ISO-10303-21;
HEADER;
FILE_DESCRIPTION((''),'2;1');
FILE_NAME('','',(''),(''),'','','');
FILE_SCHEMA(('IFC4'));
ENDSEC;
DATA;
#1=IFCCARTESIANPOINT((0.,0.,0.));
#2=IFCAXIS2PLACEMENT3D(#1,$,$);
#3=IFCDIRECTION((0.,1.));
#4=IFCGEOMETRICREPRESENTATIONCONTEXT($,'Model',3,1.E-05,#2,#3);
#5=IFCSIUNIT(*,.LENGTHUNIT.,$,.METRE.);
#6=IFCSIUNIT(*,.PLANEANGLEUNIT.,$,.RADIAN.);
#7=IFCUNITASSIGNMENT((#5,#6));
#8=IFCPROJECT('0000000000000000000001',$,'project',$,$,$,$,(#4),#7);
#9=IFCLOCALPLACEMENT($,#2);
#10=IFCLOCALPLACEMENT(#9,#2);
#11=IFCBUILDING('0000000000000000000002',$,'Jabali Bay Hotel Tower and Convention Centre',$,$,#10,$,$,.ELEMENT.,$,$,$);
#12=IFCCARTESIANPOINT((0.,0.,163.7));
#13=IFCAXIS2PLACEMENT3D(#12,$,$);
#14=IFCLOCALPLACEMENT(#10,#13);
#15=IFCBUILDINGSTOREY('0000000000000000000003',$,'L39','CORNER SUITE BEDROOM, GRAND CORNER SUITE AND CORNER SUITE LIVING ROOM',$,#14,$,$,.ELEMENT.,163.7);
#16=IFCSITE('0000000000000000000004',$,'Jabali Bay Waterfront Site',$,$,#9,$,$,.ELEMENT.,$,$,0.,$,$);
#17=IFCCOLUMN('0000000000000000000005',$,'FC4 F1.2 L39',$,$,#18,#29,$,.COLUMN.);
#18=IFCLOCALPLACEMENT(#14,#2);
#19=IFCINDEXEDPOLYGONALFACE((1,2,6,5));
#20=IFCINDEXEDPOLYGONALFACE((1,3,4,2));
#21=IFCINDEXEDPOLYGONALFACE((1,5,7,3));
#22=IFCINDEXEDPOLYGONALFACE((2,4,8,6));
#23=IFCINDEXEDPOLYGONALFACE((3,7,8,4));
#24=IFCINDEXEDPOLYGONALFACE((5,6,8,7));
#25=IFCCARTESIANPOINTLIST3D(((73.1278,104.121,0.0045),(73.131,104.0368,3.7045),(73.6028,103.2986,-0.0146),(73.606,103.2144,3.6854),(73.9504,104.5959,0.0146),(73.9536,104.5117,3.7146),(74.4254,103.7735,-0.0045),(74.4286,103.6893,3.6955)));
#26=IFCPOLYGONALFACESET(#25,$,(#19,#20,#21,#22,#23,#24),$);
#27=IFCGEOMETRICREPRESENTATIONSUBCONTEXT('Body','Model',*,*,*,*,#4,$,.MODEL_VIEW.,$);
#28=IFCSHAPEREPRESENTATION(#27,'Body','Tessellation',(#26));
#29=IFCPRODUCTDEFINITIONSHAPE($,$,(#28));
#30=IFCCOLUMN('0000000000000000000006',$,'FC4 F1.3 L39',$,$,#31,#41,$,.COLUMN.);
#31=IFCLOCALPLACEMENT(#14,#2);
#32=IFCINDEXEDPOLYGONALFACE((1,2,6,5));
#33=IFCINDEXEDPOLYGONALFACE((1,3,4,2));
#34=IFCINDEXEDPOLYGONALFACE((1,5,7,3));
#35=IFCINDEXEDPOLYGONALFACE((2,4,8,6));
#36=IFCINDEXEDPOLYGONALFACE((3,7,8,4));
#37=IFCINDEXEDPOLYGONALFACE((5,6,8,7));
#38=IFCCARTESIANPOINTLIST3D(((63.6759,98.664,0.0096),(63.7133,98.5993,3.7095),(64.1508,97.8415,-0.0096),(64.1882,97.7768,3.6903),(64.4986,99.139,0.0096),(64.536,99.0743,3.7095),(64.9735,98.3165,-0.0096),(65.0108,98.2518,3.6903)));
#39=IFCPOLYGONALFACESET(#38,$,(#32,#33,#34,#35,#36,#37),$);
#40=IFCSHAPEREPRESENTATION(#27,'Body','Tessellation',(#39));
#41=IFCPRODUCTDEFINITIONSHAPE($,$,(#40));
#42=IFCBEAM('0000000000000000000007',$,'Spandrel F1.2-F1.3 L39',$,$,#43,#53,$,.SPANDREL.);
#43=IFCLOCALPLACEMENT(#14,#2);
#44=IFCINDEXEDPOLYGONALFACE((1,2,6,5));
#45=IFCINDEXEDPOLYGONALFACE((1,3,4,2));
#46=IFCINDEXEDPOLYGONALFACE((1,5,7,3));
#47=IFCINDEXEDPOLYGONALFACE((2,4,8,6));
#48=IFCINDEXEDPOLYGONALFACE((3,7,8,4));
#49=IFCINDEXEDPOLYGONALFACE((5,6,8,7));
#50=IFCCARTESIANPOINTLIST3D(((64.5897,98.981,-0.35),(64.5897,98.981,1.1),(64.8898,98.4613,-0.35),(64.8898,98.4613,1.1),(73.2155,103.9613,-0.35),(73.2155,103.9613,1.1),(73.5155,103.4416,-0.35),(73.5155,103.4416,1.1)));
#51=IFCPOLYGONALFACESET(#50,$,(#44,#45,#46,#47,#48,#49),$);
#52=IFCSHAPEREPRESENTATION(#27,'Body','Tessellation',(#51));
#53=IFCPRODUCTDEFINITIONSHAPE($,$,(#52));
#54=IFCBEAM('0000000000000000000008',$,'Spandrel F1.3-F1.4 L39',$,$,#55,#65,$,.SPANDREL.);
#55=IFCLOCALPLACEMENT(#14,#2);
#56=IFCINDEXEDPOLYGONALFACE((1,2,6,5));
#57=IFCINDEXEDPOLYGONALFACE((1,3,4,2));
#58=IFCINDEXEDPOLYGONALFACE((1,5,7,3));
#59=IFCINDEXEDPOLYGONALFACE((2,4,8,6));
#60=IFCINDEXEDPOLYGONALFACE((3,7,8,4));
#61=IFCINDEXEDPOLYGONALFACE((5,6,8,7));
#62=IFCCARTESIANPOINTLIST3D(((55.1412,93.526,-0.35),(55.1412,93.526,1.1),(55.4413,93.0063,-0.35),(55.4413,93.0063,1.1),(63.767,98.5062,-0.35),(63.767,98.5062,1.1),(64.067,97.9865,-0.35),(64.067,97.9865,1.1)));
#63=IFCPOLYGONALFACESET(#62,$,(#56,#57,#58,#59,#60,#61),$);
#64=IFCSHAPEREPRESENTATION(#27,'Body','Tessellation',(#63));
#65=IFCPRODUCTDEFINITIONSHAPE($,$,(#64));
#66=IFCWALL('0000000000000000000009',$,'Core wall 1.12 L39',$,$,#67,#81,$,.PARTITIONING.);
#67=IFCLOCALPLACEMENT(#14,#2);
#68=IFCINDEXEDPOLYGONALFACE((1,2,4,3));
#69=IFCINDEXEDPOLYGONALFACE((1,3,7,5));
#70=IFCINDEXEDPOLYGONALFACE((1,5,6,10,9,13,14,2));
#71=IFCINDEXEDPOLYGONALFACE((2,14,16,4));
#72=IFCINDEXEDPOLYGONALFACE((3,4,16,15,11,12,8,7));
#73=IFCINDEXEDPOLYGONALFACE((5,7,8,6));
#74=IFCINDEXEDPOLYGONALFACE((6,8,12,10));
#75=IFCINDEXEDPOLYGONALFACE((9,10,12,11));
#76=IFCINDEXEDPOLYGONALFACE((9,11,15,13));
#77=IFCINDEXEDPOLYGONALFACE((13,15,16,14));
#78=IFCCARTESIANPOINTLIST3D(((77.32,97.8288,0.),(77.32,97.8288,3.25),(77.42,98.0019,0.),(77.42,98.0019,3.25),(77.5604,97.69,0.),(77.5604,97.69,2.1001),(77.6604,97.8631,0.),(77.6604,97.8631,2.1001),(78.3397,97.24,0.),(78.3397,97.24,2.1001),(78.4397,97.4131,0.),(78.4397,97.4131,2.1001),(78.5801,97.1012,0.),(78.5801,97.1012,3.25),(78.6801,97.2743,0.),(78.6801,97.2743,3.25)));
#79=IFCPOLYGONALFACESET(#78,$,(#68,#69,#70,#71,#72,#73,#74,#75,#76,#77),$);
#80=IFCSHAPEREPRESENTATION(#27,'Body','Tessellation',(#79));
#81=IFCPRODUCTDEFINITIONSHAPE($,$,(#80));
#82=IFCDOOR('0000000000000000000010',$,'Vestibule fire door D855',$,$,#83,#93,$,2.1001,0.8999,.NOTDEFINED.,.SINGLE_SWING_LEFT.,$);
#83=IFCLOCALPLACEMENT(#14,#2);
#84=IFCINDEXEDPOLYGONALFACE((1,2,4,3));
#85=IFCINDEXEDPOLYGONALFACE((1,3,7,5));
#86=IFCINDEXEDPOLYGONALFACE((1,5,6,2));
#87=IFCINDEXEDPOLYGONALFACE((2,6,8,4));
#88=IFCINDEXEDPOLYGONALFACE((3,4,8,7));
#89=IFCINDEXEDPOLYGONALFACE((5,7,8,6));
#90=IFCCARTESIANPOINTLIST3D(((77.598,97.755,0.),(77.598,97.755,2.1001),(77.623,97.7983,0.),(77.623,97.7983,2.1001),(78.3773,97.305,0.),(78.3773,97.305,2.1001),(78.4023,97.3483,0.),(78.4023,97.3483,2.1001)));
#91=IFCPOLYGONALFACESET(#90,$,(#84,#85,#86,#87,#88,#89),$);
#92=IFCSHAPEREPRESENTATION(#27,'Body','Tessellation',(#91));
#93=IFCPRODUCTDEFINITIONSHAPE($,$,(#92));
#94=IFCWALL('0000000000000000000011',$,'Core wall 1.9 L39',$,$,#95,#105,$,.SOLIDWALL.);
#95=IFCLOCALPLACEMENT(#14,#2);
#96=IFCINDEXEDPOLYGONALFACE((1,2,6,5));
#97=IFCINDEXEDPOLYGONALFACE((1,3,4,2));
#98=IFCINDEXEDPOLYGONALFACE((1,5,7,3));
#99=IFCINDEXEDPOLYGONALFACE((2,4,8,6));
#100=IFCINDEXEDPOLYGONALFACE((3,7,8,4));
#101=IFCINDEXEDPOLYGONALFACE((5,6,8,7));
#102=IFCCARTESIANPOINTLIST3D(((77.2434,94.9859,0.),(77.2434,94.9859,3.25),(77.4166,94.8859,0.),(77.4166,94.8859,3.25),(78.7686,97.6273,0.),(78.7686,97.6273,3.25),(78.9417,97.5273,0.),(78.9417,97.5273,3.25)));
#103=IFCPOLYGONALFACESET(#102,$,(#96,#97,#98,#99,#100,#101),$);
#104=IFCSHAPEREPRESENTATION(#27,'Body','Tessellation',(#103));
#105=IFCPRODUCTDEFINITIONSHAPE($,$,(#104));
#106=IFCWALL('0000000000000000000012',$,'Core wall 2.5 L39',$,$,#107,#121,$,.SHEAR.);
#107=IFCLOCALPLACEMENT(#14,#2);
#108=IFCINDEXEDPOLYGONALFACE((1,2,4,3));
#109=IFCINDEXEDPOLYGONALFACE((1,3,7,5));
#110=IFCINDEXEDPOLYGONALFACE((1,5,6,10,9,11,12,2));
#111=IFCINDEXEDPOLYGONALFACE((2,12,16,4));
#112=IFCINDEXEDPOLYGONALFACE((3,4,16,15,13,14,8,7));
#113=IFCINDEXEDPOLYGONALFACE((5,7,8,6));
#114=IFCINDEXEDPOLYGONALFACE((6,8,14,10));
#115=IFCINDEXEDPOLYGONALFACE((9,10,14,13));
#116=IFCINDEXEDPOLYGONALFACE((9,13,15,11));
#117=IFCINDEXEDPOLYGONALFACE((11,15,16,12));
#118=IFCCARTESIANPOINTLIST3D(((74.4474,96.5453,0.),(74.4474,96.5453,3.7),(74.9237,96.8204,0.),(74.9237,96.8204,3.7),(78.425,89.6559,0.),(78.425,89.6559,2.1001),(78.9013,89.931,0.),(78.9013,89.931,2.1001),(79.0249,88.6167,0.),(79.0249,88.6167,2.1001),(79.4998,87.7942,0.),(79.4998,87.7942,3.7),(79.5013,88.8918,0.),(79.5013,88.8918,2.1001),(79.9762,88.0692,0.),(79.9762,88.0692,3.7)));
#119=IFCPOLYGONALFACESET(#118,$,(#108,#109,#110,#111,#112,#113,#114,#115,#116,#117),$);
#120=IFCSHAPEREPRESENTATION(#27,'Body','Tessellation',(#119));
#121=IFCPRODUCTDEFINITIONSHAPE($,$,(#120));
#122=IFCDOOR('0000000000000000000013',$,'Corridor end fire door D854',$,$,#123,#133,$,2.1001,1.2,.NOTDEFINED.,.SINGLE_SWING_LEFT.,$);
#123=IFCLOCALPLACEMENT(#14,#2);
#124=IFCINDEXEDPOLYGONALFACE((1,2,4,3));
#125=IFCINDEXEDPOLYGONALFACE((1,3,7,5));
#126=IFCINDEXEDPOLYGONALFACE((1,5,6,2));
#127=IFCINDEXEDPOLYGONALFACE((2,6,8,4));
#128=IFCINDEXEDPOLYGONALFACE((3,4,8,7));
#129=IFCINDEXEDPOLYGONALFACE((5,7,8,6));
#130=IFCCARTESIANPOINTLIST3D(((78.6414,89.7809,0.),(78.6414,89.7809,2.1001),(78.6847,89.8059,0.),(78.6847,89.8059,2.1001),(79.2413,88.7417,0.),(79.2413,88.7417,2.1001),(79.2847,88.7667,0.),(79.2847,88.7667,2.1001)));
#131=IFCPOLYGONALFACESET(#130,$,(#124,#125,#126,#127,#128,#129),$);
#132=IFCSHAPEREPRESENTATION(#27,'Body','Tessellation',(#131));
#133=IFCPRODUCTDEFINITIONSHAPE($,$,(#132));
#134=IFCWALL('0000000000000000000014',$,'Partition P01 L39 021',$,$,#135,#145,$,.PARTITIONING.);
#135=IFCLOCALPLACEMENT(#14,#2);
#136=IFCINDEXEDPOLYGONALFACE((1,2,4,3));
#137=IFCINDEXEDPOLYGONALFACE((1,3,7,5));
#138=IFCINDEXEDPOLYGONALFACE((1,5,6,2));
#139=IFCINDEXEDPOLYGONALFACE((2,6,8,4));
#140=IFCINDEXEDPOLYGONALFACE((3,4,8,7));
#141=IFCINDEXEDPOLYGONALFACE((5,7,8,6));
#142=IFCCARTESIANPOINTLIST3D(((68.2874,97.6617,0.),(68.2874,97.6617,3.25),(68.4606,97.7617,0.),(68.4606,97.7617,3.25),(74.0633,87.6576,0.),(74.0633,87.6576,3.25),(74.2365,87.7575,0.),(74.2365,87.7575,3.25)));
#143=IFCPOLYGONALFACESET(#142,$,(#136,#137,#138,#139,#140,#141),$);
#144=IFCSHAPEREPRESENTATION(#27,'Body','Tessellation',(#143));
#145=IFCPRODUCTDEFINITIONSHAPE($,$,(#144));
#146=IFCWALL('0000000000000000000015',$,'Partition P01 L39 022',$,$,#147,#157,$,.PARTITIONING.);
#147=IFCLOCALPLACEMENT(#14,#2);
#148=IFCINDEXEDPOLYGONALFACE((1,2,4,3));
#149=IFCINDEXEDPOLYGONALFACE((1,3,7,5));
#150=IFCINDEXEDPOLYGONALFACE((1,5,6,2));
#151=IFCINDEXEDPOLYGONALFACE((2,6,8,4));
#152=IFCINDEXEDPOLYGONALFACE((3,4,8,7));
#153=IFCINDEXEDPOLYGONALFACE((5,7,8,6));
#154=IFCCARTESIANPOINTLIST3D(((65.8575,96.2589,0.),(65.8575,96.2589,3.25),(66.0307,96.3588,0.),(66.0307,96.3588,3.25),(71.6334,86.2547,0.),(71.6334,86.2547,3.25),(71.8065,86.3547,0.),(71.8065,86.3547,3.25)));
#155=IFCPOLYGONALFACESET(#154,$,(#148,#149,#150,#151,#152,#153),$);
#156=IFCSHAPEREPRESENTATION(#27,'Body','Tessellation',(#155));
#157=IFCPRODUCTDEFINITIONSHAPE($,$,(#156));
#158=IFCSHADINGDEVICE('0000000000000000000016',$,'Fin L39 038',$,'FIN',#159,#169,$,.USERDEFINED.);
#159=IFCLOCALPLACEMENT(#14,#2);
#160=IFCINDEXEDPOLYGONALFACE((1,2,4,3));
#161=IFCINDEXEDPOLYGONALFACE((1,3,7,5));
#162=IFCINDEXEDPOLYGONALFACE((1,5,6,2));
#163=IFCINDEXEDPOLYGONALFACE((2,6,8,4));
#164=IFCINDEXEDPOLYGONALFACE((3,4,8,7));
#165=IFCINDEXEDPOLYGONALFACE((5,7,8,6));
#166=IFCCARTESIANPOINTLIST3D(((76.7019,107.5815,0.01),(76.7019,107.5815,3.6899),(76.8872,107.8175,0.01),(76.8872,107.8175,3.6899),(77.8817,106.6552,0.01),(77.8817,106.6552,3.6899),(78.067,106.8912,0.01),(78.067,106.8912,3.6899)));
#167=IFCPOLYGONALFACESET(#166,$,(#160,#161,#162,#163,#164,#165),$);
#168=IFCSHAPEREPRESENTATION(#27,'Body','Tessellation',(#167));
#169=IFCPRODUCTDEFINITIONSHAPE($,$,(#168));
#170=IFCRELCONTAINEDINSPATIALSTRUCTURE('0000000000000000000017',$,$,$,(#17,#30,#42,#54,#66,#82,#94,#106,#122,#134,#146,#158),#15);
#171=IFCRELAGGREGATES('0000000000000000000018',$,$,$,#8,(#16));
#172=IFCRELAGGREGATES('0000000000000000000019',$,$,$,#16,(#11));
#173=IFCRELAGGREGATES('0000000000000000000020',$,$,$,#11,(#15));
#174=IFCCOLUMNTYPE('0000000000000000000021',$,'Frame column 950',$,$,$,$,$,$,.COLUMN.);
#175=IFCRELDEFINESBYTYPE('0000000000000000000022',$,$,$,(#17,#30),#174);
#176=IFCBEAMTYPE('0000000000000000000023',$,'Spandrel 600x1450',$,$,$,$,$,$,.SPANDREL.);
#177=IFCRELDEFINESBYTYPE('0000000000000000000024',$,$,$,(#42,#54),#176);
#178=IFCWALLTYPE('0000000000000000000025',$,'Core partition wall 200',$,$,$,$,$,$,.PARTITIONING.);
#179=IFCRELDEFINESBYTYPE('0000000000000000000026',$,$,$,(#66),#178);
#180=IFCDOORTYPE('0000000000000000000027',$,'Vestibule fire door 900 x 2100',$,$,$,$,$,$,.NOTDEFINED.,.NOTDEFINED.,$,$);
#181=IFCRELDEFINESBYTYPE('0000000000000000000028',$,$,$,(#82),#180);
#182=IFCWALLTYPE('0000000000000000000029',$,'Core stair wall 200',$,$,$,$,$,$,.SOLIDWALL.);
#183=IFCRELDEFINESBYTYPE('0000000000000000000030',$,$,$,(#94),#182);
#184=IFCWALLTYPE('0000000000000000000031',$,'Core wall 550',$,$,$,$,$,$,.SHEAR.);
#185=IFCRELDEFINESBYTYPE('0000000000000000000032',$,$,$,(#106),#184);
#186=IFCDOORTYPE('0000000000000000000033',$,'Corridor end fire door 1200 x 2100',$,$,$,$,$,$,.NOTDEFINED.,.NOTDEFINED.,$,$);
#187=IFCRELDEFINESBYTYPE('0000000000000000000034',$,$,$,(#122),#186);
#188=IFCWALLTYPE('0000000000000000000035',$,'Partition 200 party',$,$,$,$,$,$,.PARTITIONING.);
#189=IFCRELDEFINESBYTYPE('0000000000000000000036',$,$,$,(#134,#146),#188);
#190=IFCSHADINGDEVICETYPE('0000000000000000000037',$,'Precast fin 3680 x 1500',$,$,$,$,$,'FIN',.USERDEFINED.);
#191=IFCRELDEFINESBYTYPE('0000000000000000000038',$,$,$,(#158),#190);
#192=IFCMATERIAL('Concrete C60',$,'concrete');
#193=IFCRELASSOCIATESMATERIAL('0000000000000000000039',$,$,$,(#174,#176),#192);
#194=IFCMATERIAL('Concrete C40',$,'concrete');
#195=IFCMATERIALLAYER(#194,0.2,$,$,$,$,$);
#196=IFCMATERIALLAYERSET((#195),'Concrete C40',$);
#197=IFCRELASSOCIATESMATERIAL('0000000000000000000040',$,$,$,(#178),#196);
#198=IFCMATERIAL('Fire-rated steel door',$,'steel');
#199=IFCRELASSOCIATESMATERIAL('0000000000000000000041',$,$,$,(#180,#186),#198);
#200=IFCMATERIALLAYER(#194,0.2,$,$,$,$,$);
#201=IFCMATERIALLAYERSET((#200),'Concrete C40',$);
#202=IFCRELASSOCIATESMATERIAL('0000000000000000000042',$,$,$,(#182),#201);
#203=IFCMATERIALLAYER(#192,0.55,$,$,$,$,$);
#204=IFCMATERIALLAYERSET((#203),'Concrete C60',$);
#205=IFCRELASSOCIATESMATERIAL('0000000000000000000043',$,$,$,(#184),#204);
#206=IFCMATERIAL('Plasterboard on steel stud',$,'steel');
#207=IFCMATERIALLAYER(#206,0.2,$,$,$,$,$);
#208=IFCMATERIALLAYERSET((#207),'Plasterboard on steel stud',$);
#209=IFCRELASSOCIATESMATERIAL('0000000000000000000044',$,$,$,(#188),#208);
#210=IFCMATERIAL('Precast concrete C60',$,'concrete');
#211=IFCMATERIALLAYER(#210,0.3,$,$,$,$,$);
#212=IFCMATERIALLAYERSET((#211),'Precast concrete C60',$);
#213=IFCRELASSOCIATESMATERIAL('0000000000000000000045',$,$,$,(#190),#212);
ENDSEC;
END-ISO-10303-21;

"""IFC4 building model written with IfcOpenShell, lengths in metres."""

from ifc_helpers import new_model, si_unit, direction, frame, frame_2d, origin, origin_2d, place, context, subcontext, project, spatial, rectangle, extrude, material, layer, layer_set, material_profile, profile_set, type_object, element, fill, save


model = new_model("IFC4")

# Units and contexts
model_context = context("Model", 3, precision=1e-05, world=origin(), true_north=direction((0.0, 1.0)))
body_context = subcontext(model_context, "Body", "Model", "MODEL_VIEW")
ifc_project = project(units=[si_unit("LENGTHUNIT", "METRE"), si_unit("PLANEANGLEUNIT", "RADIAN")], contexts=[model_context])

# Site, building, storey
site_placement = place(None, origin())
site = spatial("IfcSite", under=ifc_project, at=site_placement, Name="Jabali Bay Waterfront Site", CompositionType="ELEMENT", RefElevation=0.0)
building_placement = place(site_placement, origin())
building = spatial("IfcBuilding", under=site, at=building_placement, Name="Jabali Bay Hotel Tower and Convention Centre", CompositionType="ELEMENT")
storey_placement = place(building_placement, frame((0.0, 0.0, 163.7)))
storey = spatial("IfcBuildingStorey", under=building, at=storey_placement, Name="L39", Description="CORNER SUITE BEDROOM, GRAND CORNER SUITE AND CORNER SUITE LIVING ROOM", CompositionType="ELEMENT", Elevation=163.7)

# Columns
ifc_material_1 = material(Name="Concrete C60", Category="concrete")
ifc_material_profile_1 = material_profile(ifc_material_1, rectangle(XDim=0.95, YDim=0.95, at=origin_2d()), Name="Frame column 950")
ifc_profile_set_1 = profile_set([ifc_material_profile_1], Name="Concrete C60")
column_type = type_object("IfcColumnType", Name="Frame column 950", PredefinedType="COLUMN", material=ifc_profile_set_1)
column_1_placement = place(storey_placement, frame((73.7766, 103.9473, 0.0), z_axis=(0.000858, -0.022759, 0.999741), x_axis=(0.866006, 0.49992, 0.010638)))
element("IfcColumn", 1, at=column_1_placement, inside=storey, type_object=column_type, Name="FC4 F1.2 L39", PredefinedType="COLUMN", context=body_context, shape_type="SweptSolid", body=[
    extrude(rectangle(XDim=0.95, YDim=0.95, at=origin_2d()), origin(), (0.0, 0.0, 1.0), 3.7009),
])
column_2_placement = place(storey_placement, frame((64.3247, 98.4902, 0.0), z_axis=(0.010094, -0.017482, 0.999796), x_axis=(0.86602, 0.500009, 0.0)))
element("IfcColumn", 2, at=column_2_placement, inside=storey, type_object=column_type, Name="FC4 F1.3 L39", PredefinedType="COLUMN", context=body_context, shape_type="SweptSolid", body=[
    extrude(rectangle(XDim=0.95, YDim=0.95, at=origin_2d()), origin(), (0.0, 0.0, 1.0), 3.7007),
])

# Beams
ifc_material_profile_2 = material_profile(ifc_material_1, rectangle(XDim=0.6001, YDim=1.45, at=origin_2d()), Name="Spandrel 600x1450")
ifc_profile_set_2 = profile_set([ifc_material_profile_2], Name="Concrete C60")
beam_type = type_object("IfcBeamType", Name="Spandrel 600x1450", PredefinedType="SPANDREL", material=ifc_profile_set_2)
for number, where, z_axis, x_axis, name in (
    (3, (73.3655, 103.7014, 0.375), (-0.866019, -0.500012, 0.0), (0.500012, -0.866019, 0.0), "Spandrel F1.2-F1.3 L39"),
    (4, (63.917, 98.2463, 0.375), (-0.866019, -0.500012, 0.0), (0.500012, -0.866019, 0.0), "Spandrel F1.3-F1.4 L39"),
):
    element("IfcBeam", number, at=place(storey_placement, frame(where, z_axis=z_axis, x_axis=x_axis)), inside=storey, type_object=beam_type, Name=name, PredefinedType="SPANDREL", context=body_context, shape_type="SweptSolid", body=[
        extrude(rectangle(XDim=0.6001, YDim=1.45, at=origin_2d()), origin(), (0.0, 0.0, 1.0), 9.9602),
    ])

# Wall, opening, door
ifc_material_2 = material(Name="Concrete C40", Category="concrete")
ifc_layer_1 = layer(ifc_material_2, 0.2)
ifc_layer_set_1 = layer_set([ifc_layer_1], Name="Concrete C40")
wall_type_1 = type_object("IfcWallType", Name="Core partition wall 200", PredefinedType="PARTITIONING", material=ifc_layer_set_1)
wall_1_placement = place(storey_placement, frame((78.6301, 97.1877, 0.0), z_axis=(0.0, 0.0, 1.0), x_axis=(-0.866004, 0.500037, 0.0)))
wall_1 = element("IfcWall", 5, at=wall_1_placement, inside=storey, type_object=wall_type_1, Name="Core wall 1.12 L39", PredefinedType="PARTITIONING", context=body_context, shape_type="SweptSolid", body=[
    extrude(rectangle(XDim=1.4551, YDim=0.2, at=frame_2d((0.7275, 0.0))), origin(), (0.0, 0.0, 1.0), 3.25),
])
opening_1_placement = place(wall_1_placement, frame((0.2776, 0.0, 0.0)))
opening_1 = element("IfcOpeningElement", 6, at=opening_1_placement, cuts=wall_1, PredefinedType="OPENING", context=body_context, shape_type="SweptSolid", body=[
    extrude(rectangle(XDim=0.8999, YDim=2.1001, at=frame_2d((0.45, 1.05))), frame((0.0, 0.1104, 0.0), z_axis=(0.0, -1.0, 0.0), x_axis=(1.0, 0.0, 0.0)), (0.0, 0.0, 1.0), 0.2209),
])
ifc_material_3 = material(Name="Fire-rated steel door", Category="steel")
door_type_1 = type_object("IfcDoorType", Name="Vestibule fire door 900 x 2100", OperationType="NOTDEFINED", PredefinedType="NOTDEFINED", material=ifc_material_3)
door_1_placement = place(opening_1_placement, origin())
door_1 = element("IfcDoor", 7, at=door_1_placement, inside=storey, type_object=door_type_1, Name="Vestibule fire door D855", OperationType="SINGLE_SWING_LEFT", OverallHeight=2.1001, OverallWidth=0.8999, PredefinedType="NOTDEFINED", context=body_context, shape_type="SweptSolid", body=[
    extrude(rectangle(XDim=0.8999, YDim=2.1001, at=frame_2d((0.45, 1.05))), frame((0.0, 0.0249, 0.0), z_axis=(0.0, -1.0, 0.0), x_axis=(1.0, 0.0, 0.0)), (0.0, 0.0, 1.0), 0.05),
])
fill(opening_1, door_1)

# Wall
ifc_layer_2 = layer(ifc_material_2, 0.2)
ifc_layer_set_2 = layer_set([ifc_layer_2], Name="Concrete C40")
wall_type_2 = type_object("IfcWallType", Name="Core stair wall 200", PredefinedType="SOLIDWALL", material=ifc_layer_set_2)
wall_2_placement = place(storey_placement, frame((77.3301, 94.936, 0.0), z_axis=(0.0, 0.0, 1.0), x_axis=(0.500039, 0.866003, 0.0)))
element("IfcWall", 8, at=wall_2_placement, inside=storey, type_object=wall_type_2, Name="Core wall 1.9 L39", PredefinedType="SOLIDWALL", context=body_context, shape_type="SweptSolid", body=[
    extrude(rectangle(XDim=3.05, YDim=0.2, at=frame_2d((1.5249, 0.0))), origin(), (0.0, 0.0, 1.0), 3.25),
])

# Wall, opening, door
ifc_layer_3 = layer(ifc_material_1, 0.55)
ifc_layer_set_3 = layer_set([ifc_layer_3], Name="Concrete C60")
wall_type_3 = type_object("IfcWallType", Name="Core wall 550", PredefinedType="SHEAR", material=ifc_layer_set_3)
wall_3_placement = place(storey_placement, frame((74.6855, 96.6829, 0.0), z_axis=(0.0, 0.0, 1.0), x_axis=(0.499998, -0.866027, 0.0)))
wall_3 = element("IfcWall", 9, at=wall_3_placement, inside=storey, type_object=wall_type_3, Name="Core wall 2.5 L39", PredefinedType="SHEAR", context=body_context, shape_type="SweptSolid", body=[
    extrude(rectangle(XDim=10.105, YDim=0.55, at=frame_2d((5.0525, 0.0))), origin(), (0.0, 0.0, 1.0), 3.7),
])
opening_2_placement = place(wall_3_placement, frame((7.9551, 0.0, 0.0)))
opening_2 = element("IfcOpeningElement", 10, at=opening_2_placement, cuts=wall_3, PredefinedType="OPENING", context=body_context, shape_type="SweptSolid", body=[
    extrude(rectangle(XDim=1.2, YDim=2.1001, at=frame_2d((0.6001, 1.05))), frame((0.0, 0.2856, 0.0), z_axis=(0.0, -1.0, 0.0), x_axis=(1.0, 0.0, 0.0)), (0.0, 0.0, 1.0), 0.571),
])
door_type_2 = type_object("IfcDoorType", Name="Corridor end fire door 1200 x 2100", OperationType="NOTDEFINED", PredefinedType="NOTDEFINED", material=ifc_material_3)
door_2_placement = place(opening_2_placement, origin())
door_2 = element("IfcDoor", 11, at=door_2_placement, inside=storey, type_object=door_type_2, Name="Corridor end fire door D854", OperationType="SINGLE_SWING_LEFT", OverallHeight=2.1001, OverallWidth=1.2, PredefinedType="NOTDEFINED", context=body_context, shape_type="SweptSolid", body=[
    extrude(rectangle(XDim=1.2, YDim=2.1001, at=frame_2d((0.6001, 1.05))), frame((0.0, 0.0249, 0.0), z_axis=(0.0, -1.0, 0.0), x_axis=(1.0, 0.0, 0.0)), (0.0, 0.0, 1.0), 0.05),
])
fill(opening_2, door_2)

# Walls
ifc_material_4 = material(Name="Plasterboard on steel stud", Category="steel")
ifc_layer_4 = layer(ifc_material_4, 0.2)
ifc_layer_set_4 = layer_set([ifc_layer_4], Name="Plasterboard on steel stud")
wall_type_4 = type_object("IfcWallType", Name="Partition 200 party", PredefinedType="PARTITIONING", material=ifc_layer_set_4)
for number, where, z_axis, x_axis, name in (
    (12, (68.374, 97.7117, 0.0), (0.0, 0.0, 1.0), (0.499999, -0.866026, 0.0), "Partition P01 L39 021"),
    (13, (65.9441, 96.3088, 0.0), (0.0, 0.0, 1.0), (0.499999, -0.866026, 0.0), "Partition P01 L39 022"),
):
    element("IfcWall", number, at=place(storey_placement, frame(where, z_axis=z_axis, x_axis=x_axis)), inside=storey, type_object=wall_type_4, Name=name, PredefinedType="PARTITIONING", context=body_context, shape_type="SweptSolid", body=[
        extrude(rectangle(XDim=11.5518, YDim=0.2, at=frame_2d((5.7759, 0.0))), origin(), (0.0, 0.0, 1.0), 3.25),
    ])

# Shading device
ifc_material_5 = material(Name="Precast concrete C60", Category="concrete")
ifc_layer_5 = layer(ifc_material_5, 0.3)
ifc_layer_set_5 = layer_set([ifc_layer_5], Name="Precast concrete C60")
shading_device_type = type_object("IfcShadingDeviceType", Name="Precast fin 3680 x 1500", ElementType="FIN", PredefinedType="USERDEFINED", material=ifc_layer_set_5)
shading_device_1_placement = place(storey_placement, frame((77.9744, 106.7732, 0.01), z_axis=(0.0, 0.0, 1.0), x_axis=(-0.786522, 0.617563, 0.0)))
element("IfcShadingDevice", 14, at=shading_device_1_placement, inside=storey, type_object=shading_device_type, Name="Fin L39 038", ObjectType="FIN", PredefinedType="USERDEFINED", context=body_context, shape_type="SweptSolid", body=[
    extrude(rectangle(XDim=1.5, YDim=0.3, at=frame_2d((0.75, 0.0))), origin(), (0.0, 0.0, 1.0), 3.6799),
])

save(model, "model.ifc")
